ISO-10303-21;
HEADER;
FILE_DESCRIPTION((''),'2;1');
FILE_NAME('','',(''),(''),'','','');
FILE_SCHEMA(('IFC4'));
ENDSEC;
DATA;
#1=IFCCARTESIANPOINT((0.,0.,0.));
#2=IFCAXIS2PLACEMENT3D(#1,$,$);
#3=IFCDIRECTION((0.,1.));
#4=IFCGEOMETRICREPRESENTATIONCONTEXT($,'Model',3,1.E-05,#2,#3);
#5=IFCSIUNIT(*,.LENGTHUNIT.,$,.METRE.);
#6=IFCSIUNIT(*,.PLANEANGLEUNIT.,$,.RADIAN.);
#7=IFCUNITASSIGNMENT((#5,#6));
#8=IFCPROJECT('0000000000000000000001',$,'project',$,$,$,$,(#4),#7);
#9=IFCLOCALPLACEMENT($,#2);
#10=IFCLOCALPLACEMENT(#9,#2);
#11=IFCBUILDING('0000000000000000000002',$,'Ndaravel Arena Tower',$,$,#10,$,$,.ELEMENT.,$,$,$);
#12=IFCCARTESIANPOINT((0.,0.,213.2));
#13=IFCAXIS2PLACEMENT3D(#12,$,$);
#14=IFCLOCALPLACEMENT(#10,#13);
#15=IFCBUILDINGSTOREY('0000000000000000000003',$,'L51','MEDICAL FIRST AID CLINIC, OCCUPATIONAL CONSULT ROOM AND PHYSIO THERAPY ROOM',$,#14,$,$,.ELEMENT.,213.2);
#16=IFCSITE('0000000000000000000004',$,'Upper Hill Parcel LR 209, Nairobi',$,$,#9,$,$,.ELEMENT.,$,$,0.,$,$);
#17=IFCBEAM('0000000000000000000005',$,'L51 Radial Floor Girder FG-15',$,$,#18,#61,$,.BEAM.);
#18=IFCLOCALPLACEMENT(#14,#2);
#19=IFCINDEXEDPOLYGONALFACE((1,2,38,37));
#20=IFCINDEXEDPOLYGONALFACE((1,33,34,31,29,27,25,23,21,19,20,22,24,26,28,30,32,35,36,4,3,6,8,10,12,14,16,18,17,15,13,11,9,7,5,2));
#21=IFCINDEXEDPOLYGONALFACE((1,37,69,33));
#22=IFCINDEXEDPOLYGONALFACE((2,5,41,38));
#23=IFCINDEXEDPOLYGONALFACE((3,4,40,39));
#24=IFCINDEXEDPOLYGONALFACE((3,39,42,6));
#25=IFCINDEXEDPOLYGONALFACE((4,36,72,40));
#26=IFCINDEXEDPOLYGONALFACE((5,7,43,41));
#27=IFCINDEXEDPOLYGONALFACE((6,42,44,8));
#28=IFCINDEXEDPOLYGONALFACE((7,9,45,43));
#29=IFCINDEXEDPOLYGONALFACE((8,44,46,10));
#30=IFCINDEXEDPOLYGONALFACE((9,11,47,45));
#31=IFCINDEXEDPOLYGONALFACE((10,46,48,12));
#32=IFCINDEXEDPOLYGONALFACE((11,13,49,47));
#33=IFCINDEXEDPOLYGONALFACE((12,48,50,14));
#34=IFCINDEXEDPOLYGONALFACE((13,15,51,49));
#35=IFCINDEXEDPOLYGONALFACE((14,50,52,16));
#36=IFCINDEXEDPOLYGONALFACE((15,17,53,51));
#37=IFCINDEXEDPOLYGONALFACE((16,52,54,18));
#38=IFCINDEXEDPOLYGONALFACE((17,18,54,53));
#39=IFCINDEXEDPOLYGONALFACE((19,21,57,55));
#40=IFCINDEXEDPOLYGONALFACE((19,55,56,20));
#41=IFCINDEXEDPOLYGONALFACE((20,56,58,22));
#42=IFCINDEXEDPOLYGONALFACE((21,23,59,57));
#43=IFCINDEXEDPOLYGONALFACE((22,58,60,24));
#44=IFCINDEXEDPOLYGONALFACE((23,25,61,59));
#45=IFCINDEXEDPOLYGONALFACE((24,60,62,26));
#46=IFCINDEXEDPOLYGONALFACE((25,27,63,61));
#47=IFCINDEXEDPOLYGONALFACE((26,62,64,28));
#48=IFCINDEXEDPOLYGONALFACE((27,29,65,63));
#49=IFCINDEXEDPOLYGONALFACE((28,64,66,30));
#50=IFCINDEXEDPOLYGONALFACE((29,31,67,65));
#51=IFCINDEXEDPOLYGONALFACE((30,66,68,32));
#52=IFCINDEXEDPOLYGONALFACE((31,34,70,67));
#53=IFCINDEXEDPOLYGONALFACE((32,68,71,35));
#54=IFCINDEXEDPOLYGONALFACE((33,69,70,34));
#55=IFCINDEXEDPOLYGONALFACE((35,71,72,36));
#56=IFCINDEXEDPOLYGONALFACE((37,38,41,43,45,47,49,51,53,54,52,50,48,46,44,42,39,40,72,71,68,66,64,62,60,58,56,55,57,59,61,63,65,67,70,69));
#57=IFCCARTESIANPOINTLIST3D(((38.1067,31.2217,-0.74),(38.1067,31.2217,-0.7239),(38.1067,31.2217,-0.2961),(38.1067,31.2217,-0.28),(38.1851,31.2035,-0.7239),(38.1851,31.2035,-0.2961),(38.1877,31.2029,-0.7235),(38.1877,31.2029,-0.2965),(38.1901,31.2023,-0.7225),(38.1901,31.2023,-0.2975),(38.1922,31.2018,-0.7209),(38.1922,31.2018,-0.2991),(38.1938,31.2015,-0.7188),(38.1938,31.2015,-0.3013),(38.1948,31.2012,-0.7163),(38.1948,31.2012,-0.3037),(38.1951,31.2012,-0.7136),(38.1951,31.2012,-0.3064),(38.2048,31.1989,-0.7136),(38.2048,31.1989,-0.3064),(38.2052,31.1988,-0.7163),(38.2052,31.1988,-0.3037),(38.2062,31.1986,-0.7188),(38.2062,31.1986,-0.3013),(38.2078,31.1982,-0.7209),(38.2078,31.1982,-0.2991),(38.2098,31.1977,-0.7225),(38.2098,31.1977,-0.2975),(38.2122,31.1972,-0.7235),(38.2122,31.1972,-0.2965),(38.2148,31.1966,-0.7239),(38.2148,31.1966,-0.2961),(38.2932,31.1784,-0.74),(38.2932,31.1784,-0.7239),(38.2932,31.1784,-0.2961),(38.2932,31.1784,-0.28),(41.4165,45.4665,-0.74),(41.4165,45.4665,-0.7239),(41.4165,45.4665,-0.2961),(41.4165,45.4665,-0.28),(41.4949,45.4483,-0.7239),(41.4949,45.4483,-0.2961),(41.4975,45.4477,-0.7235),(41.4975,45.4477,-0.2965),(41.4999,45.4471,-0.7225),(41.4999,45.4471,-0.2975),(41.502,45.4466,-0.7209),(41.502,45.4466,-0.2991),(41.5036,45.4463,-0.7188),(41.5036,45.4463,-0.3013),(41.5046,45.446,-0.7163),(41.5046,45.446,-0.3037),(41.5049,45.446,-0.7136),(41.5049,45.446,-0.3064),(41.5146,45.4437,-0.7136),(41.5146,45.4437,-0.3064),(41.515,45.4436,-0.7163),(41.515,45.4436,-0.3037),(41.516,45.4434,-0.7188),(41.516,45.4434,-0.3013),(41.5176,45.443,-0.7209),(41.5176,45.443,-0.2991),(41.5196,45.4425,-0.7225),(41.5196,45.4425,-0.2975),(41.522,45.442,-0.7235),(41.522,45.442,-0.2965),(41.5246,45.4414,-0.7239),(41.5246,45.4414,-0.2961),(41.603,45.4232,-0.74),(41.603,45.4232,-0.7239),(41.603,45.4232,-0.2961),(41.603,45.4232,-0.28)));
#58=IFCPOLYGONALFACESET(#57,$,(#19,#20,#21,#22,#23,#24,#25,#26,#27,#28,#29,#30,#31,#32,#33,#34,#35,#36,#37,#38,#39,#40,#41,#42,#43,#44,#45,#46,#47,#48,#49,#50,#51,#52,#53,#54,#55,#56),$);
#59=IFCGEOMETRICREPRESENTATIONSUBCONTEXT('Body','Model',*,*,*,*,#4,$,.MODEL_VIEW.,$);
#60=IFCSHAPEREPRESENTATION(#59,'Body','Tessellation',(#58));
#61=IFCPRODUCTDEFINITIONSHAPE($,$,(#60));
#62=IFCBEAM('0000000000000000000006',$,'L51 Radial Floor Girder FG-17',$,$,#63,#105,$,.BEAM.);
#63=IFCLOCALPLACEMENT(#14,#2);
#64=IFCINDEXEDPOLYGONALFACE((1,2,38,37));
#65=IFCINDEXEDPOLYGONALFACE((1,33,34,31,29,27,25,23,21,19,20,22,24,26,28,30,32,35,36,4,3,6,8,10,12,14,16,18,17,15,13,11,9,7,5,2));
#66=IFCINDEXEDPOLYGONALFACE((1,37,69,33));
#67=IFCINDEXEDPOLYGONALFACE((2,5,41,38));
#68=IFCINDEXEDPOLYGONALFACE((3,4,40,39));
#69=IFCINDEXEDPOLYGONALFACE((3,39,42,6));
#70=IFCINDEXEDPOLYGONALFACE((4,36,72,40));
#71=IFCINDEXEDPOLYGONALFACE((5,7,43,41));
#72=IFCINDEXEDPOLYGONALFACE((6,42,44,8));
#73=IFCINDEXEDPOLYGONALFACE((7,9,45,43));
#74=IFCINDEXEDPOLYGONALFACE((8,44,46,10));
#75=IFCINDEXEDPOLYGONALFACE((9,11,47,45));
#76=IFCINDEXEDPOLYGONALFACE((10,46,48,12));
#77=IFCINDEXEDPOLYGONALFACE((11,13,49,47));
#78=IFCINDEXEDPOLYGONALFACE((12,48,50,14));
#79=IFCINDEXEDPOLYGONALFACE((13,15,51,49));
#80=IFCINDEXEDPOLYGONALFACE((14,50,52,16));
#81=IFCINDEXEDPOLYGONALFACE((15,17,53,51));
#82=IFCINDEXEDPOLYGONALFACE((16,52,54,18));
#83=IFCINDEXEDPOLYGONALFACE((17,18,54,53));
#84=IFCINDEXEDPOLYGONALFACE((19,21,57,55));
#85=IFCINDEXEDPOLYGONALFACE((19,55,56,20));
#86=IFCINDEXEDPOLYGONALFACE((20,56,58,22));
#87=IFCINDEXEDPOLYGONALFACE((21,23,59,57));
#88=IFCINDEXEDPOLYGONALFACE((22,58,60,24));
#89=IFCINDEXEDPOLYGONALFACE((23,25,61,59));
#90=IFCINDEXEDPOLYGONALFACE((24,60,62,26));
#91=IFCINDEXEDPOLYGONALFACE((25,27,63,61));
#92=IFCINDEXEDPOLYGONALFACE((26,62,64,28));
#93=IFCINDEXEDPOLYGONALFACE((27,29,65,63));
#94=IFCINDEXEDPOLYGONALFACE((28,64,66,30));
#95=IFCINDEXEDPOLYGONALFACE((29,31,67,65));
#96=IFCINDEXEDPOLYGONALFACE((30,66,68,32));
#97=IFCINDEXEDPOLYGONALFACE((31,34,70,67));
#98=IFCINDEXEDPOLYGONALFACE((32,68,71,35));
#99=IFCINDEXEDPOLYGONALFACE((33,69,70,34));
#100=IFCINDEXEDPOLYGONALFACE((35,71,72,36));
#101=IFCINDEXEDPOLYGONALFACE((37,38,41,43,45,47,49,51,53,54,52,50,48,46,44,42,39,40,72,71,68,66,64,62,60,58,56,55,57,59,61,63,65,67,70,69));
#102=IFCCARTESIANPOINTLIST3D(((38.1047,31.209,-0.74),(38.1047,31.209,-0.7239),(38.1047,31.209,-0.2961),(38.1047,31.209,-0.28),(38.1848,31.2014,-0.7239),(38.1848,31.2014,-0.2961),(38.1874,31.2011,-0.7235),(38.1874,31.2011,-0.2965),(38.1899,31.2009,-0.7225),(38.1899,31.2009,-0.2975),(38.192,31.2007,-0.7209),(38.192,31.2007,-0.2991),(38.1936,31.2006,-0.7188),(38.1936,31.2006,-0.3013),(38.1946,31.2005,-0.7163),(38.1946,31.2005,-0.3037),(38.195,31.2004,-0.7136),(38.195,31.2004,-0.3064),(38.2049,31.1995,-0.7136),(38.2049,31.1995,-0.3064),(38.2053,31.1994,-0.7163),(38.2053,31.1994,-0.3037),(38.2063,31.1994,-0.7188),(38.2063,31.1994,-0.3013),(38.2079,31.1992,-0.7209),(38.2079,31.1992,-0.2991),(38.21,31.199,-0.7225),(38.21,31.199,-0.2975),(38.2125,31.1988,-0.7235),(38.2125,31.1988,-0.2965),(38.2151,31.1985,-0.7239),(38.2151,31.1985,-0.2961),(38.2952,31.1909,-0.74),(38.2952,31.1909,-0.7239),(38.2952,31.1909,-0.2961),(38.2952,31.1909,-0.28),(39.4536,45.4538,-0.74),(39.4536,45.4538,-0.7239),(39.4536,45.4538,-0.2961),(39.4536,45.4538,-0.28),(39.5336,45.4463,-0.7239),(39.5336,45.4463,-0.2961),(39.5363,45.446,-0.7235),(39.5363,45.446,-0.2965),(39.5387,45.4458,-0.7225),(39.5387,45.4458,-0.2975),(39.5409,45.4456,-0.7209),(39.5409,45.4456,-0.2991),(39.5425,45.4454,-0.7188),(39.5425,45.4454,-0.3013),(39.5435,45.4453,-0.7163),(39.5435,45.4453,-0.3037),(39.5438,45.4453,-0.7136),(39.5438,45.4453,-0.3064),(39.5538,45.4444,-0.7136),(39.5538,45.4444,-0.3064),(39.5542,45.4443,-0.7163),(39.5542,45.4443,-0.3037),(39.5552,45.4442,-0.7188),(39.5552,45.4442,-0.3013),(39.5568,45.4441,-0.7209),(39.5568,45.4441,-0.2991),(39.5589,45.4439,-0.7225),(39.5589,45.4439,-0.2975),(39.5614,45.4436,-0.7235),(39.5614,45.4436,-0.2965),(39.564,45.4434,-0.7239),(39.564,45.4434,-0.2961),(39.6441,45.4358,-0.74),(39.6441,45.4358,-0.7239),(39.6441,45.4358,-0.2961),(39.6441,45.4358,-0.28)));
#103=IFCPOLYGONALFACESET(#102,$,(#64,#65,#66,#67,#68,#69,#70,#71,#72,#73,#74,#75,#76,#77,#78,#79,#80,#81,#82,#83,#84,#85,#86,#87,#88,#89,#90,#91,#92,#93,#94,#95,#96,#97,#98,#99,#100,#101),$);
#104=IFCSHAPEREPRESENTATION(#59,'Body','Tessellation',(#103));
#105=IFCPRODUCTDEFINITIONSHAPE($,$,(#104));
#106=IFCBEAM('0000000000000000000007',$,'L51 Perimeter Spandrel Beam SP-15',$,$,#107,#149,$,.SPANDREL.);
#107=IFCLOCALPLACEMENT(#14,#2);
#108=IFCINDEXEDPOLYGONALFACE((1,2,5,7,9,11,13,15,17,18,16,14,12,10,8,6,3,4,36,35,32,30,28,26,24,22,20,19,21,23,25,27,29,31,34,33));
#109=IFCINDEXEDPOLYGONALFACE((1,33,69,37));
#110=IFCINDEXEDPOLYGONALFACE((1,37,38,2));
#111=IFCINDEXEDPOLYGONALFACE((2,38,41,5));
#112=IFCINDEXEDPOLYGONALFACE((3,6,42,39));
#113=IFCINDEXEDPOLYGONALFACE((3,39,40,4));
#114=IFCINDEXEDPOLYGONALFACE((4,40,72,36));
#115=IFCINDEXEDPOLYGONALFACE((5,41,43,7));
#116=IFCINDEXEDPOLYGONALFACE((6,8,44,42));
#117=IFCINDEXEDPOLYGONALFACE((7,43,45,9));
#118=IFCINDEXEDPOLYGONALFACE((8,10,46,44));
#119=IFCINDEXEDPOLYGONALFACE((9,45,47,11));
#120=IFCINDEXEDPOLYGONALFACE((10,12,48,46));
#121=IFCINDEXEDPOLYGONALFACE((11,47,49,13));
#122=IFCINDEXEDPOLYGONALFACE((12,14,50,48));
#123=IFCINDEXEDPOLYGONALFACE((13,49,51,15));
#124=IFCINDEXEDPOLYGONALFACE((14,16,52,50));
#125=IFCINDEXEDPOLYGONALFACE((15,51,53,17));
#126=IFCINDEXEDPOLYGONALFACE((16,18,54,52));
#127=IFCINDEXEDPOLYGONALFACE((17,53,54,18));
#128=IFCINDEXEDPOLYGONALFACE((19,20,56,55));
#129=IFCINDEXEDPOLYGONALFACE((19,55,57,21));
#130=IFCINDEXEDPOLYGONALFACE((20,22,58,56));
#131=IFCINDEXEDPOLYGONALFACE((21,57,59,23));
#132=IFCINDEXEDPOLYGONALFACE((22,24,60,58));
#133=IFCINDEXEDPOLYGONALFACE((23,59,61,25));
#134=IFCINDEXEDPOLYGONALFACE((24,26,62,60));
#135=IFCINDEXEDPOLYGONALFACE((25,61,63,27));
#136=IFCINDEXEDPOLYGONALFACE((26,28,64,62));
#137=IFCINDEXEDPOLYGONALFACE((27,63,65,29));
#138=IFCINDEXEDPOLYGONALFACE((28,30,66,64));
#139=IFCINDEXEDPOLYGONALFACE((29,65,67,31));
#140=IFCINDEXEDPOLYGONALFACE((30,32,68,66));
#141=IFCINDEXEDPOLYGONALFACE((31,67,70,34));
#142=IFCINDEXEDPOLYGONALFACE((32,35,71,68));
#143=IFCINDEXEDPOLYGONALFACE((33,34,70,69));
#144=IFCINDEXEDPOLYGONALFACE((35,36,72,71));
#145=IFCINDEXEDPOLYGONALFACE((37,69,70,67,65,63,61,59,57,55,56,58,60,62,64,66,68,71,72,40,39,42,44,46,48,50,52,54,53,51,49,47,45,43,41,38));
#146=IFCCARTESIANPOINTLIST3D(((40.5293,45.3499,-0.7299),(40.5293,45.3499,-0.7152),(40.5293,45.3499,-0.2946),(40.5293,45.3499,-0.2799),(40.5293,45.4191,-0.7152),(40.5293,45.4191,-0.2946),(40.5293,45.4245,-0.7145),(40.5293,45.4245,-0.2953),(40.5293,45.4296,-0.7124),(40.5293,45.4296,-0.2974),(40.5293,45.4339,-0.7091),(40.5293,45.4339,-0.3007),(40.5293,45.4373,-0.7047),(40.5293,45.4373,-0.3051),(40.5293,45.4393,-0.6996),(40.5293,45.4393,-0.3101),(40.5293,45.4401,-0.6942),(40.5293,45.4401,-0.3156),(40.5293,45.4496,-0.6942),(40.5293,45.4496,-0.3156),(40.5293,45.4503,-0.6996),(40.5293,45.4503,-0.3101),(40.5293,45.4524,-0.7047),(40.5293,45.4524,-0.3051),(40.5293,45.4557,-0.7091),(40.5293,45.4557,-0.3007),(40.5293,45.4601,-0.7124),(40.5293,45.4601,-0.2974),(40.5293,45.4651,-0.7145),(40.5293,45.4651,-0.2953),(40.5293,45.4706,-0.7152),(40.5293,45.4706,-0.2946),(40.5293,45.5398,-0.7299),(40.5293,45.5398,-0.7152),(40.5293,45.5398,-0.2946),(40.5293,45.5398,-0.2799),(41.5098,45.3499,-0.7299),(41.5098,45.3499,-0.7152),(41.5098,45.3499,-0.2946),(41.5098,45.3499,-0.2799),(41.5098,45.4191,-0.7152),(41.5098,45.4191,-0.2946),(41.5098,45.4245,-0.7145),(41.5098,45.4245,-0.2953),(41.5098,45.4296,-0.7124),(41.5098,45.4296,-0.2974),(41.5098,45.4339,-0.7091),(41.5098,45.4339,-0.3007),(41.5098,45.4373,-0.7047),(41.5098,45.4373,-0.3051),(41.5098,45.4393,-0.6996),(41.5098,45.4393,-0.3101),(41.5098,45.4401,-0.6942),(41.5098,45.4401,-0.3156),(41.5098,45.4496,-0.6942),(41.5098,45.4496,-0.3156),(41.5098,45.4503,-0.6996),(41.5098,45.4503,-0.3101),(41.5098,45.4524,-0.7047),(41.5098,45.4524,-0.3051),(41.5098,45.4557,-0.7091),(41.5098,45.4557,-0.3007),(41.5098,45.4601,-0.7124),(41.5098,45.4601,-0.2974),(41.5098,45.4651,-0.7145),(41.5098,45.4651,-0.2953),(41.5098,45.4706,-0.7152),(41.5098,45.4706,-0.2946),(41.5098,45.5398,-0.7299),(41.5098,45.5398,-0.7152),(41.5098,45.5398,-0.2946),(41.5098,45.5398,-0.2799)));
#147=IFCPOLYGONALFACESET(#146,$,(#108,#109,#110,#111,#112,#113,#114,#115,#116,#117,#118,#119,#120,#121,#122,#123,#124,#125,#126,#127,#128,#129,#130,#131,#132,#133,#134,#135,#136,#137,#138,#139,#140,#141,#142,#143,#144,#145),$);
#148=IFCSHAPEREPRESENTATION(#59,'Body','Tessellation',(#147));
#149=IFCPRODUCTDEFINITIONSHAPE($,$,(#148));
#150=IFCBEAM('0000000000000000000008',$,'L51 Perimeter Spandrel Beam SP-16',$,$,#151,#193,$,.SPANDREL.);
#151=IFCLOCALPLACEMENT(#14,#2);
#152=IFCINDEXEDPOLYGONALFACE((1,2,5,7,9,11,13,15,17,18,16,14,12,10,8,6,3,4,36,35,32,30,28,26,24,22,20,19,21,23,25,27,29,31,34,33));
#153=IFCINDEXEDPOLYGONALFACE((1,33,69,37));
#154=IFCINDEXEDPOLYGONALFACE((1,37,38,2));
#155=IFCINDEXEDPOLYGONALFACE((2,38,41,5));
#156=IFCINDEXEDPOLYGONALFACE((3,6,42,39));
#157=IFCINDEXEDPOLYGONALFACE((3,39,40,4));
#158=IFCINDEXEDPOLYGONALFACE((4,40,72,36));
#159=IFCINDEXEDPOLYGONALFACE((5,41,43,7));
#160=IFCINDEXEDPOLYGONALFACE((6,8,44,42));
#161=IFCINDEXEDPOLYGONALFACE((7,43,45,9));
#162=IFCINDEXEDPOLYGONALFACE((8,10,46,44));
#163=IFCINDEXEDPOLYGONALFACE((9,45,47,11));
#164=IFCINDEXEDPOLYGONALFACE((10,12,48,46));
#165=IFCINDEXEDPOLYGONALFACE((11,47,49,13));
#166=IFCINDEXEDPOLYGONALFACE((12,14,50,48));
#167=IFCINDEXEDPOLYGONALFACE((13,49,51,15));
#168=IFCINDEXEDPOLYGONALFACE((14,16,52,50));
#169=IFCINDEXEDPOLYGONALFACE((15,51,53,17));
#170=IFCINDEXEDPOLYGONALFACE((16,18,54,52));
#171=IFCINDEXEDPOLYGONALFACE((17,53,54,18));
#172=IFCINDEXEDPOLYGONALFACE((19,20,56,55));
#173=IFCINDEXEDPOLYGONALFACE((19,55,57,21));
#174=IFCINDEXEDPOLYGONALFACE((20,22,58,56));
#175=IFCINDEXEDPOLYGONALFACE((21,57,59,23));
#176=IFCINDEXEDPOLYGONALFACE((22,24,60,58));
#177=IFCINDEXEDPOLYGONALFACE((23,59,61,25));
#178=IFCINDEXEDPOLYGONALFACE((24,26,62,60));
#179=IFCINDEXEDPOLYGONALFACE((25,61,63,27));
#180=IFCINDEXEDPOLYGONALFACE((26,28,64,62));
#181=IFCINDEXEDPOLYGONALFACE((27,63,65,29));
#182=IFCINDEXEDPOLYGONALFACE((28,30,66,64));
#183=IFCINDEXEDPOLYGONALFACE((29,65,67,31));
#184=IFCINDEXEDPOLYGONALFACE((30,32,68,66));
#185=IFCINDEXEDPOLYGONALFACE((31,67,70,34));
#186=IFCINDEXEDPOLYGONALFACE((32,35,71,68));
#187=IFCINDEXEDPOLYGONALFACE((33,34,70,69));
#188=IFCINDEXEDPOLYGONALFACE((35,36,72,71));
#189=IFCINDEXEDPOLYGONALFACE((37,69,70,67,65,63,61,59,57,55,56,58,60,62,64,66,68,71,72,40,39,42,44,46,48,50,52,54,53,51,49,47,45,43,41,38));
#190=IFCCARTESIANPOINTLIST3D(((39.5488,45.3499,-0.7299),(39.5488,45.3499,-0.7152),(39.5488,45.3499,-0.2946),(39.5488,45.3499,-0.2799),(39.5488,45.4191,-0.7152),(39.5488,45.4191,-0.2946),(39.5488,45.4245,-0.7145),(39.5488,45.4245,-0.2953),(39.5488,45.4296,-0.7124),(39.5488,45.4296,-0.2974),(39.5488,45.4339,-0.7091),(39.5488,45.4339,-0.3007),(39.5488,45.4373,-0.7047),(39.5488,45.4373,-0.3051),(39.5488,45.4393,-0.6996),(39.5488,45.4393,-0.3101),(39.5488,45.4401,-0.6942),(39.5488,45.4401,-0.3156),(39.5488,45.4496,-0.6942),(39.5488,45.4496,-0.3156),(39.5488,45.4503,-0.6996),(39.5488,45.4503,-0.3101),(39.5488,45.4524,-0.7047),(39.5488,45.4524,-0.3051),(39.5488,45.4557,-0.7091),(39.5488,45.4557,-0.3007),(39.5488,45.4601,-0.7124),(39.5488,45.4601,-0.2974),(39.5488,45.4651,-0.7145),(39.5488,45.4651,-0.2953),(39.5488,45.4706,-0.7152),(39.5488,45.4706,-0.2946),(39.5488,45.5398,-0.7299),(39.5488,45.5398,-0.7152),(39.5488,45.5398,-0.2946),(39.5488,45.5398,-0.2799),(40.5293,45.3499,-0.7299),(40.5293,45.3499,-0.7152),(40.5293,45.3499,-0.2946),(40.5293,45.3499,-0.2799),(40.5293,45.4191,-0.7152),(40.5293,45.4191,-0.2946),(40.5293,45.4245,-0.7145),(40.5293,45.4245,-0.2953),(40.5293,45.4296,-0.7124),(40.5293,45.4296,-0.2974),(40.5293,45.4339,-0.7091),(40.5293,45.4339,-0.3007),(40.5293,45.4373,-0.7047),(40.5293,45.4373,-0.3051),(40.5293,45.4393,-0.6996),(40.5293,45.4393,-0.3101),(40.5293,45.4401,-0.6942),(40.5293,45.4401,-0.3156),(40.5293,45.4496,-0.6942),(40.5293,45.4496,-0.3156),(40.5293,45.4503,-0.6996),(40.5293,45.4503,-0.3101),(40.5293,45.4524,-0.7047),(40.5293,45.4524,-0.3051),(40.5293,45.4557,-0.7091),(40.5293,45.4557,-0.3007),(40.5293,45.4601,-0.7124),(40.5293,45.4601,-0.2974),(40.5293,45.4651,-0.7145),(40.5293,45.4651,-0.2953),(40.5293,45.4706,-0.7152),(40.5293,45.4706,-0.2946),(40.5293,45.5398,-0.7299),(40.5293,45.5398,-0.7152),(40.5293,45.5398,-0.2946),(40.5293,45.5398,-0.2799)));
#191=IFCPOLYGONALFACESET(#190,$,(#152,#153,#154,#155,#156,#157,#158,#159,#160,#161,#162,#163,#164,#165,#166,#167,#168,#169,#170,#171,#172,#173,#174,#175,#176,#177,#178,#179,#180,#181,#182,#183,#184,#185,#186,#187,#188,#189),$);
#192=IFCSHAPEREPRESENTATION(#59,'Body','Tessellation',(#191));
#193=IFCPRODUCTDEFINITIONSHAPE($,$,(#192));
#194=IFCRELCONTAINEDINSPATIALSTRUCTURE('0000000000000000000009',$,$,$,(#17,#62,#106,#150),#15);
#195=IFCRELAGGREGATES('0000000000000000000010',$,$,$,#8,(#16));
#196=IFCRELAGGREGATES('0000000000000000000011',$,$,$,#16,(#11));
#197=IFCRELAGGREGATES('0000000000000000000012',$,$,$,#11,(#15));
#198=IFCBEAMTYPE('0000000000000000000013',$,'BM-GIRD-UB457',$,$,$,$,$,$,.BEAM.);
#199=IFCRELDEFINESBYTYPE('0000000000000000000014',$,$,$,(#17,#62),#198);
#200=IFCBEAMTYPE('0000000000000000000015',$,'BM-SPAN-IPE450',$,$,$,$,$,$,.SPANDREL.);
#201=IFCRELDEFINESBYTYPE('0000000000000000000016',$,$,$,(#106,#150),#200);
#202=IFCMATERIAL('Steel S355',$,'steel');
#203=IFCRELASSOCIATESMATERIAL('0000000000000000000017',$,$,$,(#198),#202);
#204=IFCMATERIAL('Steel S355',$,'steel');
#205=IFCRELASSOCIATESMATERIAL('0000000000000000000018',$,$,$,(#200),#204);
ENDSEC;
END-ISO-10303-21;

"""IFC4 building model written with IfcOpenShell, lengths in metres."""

from ifc_helpers import new_model, si_unit, direction, frame, origin, origin_2d, place, context, subcontext, project, spatial, i_section, extrude, material, material_profile, profile_set, type_object, element, save


model = new_model("IFC4")

# Units and contexts
model_context = context("Model", 3, precision=1e-05, world=origin(), true_north=direction((0.0, 1.0)))
body_context = subcontext(model_context, "Body", "Model", "MODEL_VIEW")
ifc_project = project(units=[si_unit("LENGTHUNIT", "METRE"), si_unit("PLANEANGLEUNIT", "RADIAN")], contexts=[model_context])

# Site, building, storey
site_placement = place(None, origin())
site = spatial("IfcSite", under=ifc_project, at=site_placement, Name="Upper Hill Parcel LR 209, Nairobi", CompositionType="ELEMENT", RefElevation=0.0)
building_placement = place(site_placement, origin())
building = spatial("IfcBuilding", under=site, at=building_placement, Name="Ndaravel Arena Tower", CompositionType="ELEMENT")
storey_placement = place(building_placement, frame((0.0, 0.0, 213.2)))
storey = spatial("IfcBuildingStorey", under=building, at=storey_placement, Name="L51", Description="MEDICAL FIRST AID CLINIC, OCCUPATIONAL CONSULT ROOM AND PHYSIO THERAPY ROOM", CompositionType="ELEMENT", Elevation=213.2)

# Beams
ifc_material_1 = material(Name="Steel S355", Category="steel")
ifc_material_profile_1 = material_profile(ifc_material_1, i_section(OverallWidth=0.1914, OverallDepth=0.46, WebThickness=0.01, FlangeThickness=0.0161, FilletRadius=0.0103, at=origin_2d()), Name="UB 457x191x82")
ifc_profile_set_1 = profile_set([ifc_material_profile_1], Name="Steel S355")
beam_type_1 = type_object("IfcBeamType", Name="BM-GIRD-UB457", PredefinedType="BEAM", material=ifc_profile_set_1)
beam_1_placement = place(storey_placement, frame((41.5098, 45.4448, -0.51), z_axis=(-0.226322, -0.974052, 0.0), x_axis=(0.974052, -0.226322, 0.0)))
element("IfcBeam", 1, at=beam_1_placement, inside=storey, type_object=beam_type_1, Name="L51 Radial Floor Girder FG-15", PredefinedType="BEAM", context=body_context, shape_type="SweptSolid", body=[
    extrude(i_section(OverallWidth=0.1914, OverallDepth=0.46, WebThickness=0.01, FlangeThickness=0.0161, FilletRadius=0.0103, at=origin_2d()), origin(), (0.0, 0.0, 1.0), 14.6243),
])
beam_2_placement = place(storey_placement, frame((39.5488, 45.4448, -0.51), z_axis=(-0.09427, -0.995547, 0.0), x_axis=(0.995547, -0.09427, 0.0)))
element("IfcBeam", 2, at=beam_2_placement, inside=storey, type_object=beam_type_1, Name="L51 Radial Floor Girder FG-17", PredefinedType="BEAM", context=body_context, shape_type="SweptSolid", body=[
    extrude(i_section(OverallWidth=0.1914, OverallDepth=0.46, WebThickness=0.01, FlangeThickness=0.0161, FilletRadius=0.0103, at=origin_2d()), origin(), (0.0, 0.0, 1.0), 14.3086),
])
ifc_material_2 = material(Name="Steel S355", Category="steel")
ifc_material_profile_2 = material_profile(ifc_material_2, i_section(OverallWidth=0.1899, OverallDepth=0.45, WebThickness=0.0095, FlangeThickness=0.0146, FilletRadius=0.021, at=origin_2d()), Name="IPE 450")
ifc_profile_set_2 = profile_set([ifc_material_profile_2], Name="Steel S355")
beam_type_2 = type_object("IfcBeamType", Name="BM-SPAN-IPE450", PredefinedType="SPANDREL", material=ifc_profile_set_2)
for number, where, z_axis, x_axis, name in (
    (3, (41.5098, 45.4448, -0.5049), (-1.0, 0.0, 0.0), (0.0, -1.0, 0.0), "L51 Perimeter Spandrel Beam SP-15"),
    (4, (40.5293, 45.4448, -0.5049), (-1.0, 0.0, 0.0), (0.0, -1.0, 0.0), "L51 Perimeter Spandrel Beam SP-16"),
):
    element("IfcBeam", number, at=place(storey_placement, frame(where, z_axis=z_axis, x_axis=x_axis)), inside=storey, type_object=beam_type_2, Name=name, PredefinedType="SPANDREL", context=body_context, shape_type="SweptSolid", body=[
        extrude(i_section(OverallWidth=0.1899, OverallDepth=0.45, WebThickness=0.0095, FlangeThickness=0.0146, FilletRadius=0.021, at=origin_2d()), origin(), (0.0, 0.0, 1.0), 0.9805),
    ])

save(model, "model.ifc")
